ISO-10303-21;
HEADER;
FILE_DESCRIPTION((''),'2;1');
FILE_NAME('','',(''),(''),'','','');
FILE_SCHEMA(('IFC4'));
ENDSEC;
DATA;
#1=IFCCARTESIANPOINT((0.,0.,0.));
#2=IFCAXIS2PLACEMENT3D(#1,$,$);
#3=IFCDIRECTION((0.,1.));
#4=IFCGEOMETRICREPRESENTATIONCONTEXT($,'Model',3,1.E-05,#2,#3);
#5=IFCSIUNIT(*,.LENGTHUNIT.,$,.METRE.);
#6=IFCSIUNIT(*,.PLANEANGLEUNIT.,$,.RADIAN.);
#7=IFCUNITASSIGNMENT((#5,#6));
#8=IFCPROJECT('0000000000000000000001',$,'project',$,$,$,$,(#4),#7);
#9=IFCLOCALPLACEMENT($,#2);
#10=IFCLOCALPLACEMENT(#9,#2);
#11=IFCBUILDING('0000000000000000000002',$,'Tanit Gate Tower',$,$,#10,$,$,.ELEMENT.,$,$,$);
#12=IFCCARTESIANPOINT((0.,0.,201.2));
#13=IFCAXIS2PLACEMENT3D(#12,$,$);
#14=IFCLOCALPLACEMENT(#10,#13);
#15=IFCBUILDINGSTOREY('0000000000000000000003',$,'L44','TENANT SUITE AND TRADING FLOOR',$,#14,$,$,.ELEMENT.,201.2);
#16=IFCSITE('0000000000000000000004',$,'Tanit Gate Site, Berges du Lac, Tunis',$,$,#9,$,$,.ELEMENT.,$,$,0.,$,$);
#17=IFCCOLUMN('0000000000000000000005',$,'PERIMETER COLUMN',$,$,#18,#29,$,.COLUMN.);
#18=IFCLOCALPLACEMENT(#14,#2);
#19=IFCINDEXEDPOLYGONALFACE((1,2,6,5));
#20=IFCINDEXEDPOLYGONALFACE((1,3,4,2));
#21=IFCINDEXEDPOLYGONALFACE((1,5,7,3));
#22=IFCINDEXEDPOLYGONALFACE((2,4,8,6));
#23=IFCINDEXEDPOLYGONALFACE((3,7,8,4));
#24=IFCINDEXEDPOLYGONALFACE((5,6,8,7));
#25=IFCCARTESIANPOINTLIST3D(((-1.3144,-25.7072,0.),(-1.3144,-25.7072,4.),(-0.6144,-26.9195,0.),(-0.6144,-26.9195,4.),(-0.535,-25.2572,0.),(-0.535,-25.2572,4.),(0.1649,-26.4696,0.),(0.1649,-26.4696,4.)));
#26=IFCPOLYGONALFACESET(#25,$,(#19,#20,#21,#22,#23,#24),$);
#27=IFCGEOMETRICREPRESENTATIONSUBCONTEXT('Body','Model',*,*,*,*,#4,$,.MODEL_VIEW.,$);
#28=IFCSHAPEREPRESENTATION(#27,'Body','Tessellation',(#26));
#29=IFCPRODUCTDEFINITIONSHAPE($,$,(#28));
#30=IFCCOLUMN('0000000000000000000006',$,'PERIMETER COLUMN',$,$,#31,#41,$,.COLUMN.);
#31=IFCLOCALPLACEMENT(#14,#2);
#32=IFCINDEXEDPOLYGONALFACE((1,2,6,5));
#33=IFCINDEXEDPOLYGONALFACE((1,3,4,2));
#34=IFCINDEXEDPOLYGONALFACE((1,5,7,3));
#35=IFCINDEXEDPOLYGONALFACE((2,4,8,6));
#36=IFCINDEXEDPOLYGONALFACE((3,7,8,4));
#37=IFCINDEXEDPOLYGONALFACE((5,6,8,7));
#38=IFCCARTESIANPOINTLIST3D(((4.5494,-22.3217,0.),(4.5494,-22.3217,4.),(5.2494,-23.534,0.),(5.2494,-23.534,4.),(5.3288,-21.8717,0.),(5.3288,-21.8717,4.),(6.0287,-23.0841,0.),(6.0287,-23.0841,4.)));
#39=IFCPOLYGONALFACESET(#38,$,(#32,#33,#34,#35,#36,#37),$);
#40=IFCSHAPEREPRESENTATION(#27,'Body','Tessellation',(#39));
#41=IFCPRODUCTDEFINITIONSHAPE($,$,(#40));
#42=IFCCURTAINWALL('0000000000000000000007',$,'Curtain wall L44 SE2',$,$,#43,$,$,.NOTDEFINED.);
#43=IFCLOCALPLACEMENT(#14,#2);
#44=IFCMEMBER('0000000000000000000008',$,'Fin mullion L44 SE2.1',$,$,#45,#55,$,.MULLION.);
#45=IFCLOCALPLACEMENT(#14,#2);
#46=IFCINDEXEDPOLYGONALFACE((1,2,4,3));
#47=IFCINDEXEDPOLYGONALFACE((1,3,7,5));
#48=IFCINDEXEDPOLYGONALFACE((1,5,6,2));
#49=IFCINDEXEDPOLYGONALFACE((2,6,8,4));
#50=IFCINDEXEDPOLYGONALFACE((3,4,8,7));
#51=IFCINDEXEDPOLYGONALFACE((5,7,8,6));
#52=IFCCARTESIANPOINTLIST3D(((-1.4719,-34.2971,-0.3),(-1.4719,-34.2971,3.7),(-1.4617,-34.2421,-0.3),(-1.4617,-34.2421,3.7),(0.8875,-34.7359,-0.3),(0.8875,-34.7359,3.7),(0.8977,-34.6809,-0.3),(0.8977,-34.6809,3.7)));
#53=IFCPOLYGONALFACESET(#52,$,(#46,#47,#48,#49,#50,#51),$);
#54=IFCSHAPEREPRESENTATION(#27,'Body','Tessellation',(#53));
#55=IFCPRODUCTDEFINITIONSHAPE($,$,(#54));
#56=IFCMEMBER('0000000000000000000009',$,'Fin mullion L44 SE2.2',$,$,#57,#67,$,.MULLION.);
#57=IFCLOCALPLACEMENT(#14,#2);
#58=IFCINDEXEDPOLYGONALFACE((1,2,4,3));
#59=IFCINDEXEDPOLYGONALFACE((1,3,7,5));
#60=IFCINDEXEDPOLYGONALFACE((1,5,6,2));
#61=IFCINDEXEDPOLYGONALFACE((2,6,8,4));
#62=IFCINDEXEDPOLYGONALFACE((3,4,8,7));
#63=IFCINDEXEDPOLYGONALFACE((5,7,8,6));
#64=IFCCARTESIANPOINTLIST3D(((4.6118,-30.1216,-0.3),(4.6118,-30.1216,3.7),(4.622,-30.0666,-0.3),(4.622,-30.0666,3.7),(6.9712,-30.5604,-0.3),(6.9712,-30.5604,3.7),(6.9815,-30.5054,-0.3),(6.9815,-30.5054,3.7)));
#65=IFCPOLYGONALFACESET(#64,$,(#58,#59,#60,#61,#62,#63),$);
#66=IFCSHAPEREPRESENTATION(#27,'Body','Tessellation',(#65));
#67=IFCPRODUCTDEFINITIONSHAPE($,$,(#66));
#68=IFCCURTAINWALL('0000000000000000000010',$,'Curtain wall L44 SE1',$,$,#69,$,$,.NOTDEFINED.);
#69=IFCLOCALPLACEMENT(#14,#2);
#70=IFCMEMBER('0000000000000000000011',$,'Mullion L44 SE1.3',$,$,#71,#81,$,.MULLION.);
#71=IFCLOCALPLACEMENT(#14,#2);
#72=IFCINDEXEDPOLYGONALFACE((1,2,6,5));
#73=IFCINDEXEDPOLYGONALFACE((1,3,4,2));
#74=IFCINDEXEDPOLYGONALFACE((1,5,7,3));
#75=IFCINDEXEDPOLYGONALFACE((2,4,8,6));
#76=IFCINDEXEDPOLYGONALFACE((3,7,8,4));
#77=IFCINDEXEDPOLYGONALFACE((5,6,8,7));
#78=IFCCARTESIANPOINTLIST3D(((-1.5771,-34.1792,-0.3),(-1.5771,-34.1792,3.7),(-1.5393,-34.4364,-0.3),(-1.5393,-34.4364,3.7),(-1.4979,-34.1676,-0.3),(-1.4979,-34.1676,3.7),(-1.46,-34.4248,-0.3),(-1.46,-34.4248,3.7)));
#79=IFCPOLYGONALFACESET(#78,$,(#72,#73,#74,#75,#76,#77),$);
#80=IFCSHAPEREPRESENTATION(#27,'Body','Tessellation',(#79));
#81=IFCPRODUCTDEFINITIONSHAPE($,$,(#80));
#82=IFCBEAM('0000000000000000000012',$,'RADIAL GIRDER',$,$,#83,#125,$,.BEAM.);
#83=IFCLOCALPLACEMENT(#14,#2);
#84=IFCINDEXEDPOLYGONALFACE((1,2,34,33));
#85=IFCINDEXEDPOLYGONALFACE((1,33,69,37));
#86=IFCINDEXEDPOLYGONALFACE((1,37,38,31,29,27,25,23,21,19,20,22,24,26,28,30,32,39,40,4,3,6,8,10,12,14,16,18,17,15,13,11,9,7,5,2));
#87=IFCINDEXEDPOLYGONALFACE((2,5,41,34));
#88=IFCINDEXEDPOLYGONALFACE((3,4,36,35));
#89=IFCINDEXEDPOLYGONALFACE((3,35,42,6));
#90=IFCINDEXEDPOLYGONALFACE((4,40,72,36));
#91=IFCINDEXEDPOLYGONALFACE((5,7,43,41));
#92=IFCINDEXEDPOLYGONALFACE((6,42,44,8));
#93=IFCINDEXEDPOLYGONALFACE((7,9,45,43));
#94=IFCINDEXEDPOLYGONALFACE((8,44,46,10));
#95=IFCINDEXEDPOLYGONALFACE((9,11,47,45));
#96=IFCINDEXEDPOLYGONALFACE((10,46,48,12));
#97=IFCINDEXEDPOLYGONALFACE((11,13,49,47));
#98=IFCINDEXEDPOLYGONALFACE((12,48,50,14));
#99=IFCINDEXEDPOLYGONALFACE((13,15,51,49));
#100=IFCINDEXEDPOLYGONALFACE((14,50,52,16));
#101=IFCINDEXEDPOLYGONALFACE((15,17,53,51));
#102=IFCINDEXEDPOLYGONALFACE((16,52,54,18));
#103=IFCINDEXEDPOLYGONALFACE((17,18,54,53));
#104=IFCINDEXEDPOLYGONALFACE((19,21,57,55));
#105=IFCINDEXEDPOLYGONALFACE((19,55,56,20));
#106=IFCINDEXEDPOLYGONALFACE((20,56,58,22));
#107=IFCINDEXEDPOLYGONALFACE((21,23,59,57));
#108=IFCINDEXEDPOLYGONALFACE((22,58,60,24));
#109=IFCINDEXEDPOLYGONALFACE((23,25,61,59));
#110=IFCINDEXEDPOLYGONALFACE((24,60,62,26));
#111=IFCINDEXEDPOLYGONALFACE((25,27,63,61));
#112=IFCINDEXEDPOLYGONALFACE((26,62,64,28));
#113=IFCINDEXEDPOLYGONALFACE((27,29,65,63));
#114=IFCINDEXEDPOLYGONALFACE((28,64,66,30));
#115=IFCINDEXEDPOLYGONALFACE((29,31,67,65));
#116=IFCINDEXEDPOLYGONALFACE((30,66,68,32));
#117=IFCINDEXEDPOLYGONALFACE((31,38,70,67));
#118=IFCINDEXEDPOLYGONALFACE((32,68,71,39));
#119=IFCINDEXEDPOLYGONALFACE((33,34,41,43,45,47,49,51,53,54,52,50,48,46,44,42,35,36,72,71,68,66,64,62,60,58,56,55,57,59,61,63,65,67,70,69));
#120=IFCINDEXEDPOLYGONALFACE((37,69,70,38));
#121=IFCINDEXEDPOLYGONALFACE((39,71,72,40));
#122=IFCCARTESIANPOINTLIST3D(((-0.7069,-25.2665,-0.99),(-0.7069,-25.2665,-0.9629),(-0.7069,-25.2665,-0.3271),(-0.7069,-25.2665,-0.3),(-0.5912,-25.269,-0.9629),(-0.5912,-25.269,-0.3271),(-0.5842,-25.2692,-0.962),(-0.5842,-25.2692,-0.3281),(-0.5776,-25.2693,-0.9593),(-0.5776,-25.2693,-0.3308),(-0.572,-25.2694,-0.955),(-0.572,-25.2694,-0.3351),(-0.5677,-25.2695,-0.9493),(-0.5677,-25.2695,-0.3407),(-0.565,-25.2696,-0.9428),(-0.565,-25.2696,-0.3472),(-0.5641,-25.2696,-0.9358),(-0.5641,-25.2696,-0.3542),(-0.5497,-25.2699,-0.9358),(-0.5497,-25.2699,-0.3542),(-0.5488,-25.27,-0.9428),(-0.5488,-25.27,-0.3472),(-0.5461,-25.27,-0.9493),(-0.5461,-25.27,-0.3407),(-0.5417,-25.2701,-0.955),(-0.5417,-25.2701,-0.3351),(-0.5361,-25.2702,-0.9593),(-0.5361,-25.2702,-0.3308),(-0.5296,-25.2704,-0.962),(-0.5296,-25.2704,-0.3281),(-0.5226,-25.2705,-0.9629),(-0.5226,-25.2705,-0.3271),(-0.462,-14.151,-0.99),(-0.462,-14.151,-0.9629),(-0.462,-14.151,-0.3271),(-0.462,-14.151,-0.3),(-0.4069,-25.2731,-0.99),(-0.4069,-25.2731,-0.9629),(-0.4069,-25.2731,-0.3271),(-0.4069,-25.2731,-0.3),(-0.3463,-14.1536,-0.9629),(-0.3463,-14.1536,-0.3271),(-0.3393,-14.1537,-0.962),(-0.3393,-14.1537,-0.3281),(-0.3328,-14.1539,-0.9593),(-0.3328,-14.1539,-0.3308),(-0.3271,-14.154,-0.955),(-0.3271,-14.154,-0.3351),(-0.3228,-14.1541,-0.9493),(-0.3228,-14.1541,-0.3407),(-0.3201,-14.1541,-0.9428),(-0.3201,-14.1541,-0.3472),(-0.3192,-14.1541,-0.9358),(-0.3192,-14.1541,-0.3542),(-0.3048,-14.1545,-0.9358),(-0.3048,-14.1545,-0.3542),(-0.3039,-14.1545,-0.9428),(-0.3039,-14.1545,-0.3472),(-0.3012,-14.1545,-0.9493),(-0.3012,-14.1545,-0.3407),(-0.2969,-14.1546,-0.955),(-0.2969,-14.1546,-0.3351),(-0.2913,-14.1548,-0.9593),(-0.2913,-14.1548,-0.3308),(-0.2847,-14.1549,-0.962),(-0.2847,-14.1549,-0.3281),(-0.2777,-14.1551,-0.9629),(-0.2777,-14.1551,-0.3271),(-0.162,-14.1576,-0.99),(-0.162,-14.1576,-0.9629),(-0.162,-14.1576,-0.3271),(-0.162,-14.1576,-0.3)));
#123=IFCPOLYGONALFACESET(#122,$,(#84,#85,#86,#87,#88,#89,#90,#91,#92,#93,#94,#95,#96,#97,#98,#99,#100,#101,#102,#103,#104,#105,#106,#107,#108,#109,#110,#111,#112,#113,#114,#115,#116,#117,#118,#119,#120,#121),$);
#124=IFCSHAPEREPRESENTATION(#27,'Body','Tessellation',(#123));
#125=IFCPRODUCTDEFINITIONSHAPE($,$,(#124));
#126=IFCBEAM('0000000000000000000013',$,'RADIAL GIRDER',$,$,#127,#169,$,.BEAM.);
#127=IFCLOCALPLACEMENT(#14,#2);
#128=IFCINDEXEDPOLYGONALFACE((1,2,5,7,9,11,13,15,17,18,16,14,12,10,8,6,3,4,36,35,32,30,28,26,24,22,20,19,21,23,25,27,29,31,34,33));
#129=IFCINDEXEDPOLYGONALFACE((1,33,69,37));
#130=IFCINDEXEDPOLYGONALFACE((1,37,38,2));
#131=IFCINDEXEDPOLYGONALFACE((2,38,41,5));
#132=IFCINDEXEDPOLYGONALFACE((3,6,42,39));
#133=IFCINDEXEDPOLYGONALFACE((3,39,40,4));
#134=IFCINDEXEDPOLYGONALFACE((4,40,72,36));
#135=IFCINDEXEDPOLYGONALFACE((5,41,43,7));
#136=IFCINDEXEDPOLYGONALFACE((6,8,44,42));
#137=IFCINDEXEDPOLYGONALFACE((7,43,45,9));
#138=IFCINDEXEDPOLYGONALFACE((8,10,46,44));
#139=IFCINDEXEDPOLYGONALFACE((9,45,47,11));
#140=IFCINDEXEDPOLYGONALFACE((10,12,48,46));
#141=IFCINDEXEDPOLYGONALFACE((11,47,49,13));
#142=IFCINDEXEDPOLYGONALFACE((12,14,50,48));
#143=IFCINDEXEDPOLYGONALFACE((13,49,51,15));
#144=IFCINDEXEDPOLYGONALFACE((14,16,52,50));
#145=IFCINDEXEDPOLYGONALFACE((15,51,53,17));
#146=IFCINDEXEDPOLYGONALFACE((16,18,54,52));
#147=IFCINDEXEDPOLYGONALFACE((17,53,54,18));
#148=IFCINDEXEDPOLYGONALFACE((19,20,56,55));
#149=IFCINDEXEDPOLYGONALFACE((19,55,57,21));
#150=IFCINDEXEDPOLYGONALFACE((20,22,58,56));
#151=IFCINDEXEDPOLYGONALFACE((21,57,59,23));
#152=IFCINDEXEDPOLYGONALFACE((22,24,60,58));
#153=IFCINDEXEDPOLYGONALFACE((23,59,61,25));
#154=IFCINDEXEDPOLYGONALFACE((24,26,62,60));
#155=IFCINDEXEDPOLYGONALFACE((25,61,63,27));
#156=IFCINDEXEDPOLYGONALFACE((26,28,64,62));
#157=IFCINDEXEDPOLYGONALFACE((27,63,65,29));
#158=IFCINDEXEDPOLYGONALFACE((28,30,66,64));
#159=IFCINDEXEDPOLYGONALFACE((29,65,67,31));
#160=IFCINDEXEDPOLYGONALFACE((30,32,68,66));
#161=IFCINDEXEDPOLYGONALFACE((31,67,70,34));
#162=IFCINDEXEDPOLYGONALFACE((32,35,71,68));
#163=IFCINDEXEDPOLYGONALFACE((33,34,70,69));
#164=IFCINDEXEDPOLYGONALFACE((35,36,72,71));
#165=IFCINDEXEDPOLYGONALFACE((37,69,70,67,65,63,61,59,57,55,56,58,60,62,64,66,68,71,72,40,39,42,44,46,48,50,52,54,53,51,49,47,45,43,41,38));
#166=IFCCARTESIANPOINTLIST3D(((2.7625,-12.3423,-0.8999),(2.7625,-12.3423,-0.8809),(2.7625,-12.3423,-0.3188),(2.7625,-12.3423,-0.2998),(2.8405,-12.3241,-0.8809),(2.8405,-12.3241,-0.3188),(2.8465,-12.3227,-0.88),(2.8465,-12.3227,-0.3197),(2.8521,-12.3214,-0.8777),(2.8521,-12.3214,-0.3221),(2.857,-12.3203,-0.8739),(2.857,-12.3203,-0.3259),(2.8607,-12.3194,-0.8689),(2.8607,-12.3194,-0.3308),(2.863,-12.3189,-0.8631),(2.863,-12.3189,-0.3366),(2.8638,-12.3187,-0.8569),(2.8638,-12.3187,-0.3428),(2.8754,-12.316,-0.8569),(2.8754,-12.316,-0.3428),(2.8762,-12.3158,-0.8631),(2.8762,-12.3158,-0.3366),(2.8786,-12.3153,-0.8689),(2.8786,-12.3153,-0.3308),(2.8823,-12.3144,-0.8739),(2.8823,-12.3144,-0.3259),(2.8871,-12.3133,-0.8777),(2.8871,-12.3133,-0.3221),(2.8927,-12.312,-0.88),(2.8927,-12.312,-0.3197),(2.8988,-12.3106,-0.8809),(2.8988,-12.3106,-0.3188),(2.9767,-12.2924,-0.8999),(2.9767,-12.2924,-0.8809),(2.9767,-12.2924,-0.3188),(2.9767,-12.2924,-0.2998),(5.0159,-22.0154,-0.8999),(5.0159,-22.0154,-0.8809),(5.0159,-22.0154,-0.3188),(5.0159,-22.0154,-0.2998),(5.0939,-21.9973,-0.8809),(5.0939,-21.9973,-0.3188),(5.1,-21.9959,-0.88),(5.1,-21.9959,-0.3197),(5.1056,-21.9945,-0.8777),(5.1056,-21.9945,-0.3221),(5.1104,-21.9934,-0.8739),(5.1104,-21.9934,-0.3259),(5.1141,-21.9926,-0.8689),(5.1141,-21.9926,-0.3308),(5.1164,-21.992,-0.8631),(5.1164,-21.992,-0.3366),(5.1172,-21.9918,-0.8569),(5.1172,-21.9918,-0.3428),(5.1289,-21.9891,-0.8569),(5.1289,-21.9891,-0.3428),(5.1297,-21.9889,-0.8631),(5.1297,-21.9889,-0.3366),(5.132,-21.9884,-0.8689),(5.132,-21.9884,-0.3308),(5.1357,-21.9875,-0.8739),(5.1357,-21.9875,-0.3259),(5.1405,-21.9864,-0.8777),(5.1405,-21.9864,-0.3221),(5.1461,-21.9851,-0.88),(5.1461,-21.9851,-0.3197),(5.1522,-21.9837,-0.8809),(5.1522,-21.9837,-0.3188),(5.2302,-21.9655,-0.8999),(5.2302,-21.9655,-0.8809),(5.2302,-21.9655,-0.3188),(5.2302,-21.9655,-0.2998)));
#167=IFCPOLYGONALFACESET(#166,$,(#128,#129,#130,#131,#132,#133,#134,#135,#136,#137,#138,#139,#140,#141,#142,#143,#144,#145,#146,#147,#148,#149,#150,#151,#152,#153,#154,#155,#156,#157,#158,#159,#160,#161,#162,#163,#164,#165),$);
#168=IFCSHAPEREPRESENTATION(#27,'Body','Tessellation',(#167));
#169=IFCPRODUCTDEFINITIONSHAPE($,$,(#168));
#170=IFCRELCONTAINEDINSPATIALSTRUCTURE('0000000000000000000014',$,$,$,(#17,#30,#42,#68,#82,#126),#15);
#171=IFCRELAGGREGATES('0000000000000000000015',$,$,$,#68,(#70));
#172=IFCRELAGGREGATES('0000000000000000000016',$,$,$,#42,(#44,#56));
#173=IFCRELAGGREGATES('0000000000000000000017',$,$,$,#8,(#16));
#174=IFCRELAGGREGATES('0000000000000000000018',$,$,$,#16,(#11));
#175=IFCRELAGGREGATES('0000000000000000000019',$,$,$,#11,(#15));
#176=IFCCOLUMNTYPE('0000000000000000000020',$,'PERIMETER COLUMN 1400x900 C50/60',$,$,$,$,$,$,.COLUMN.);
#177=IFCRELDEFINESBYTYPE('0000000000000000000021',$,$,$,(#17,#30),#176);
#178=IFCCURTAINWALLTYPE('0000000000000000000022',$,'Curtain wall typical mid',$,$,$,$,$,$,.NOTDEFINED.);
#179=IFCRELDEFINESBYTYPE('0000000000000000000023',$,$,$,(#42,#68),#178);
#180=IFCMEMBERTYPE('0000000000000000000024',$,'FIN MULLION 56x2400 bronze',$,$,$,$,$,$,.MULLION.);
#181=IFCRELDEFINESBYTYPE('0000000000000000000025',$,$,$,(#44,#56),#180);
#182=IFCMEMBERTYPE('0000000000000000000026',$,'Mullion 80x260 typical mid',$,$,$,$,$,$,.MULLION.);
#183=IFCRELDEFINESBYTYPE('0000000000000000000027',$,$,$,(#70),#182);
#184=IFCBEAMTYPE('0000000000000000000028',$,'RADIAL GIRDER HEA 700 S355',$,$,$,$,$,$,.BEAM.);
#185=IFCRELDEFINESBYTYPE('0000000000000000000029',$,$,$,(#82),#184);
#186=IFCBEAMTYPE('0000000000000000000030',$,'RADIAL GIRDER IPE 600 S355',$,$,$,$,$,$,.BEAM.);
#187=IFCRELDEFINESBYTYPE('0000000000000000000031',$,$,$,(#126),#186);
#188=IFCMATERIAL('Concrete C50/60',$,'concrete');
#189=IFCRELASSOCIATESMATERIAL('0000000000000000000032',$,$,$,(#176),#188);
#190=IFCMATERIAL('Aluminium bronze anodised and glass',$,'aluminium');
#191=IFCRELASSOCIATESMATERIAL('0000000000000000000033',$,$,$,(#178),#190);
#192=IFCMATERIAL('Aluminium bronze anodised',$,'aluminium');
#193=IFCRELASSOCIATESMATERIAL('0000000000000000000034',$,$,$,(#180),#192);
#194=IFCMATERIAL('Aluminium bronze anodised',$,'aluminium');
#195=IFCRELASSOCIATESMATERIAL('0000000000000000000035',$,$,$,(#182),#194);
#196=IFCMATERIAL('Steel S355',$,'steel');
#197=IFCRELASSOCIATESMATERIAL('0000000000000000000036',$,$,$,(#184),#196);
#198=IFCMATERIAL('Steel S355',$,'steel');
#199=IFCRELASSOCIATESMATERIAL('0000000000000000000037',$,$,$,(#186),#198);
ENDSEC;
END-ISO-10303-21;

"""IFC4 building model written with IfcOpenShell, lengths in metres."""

from ifc_helpers import new_model, si_unit, direction, frame, origin, origin_2d, place, context, subcontext, project, spatial, rectangle, i_section, extrude, material, material_profile, profile_set, type_object, element, aggregate, save


model = new_model("IFC4")

# Units and contexts
model_context = context("Model", 3, precision=1e-05, world=origin(), true_north=direction((0.0, 1.0)))
body_context = subcontext(model_context, "Body", "Model", "MODEL_VIEW")
ifc_project = project(units=[si_unit("LENGTHUNIT", "METRE"), si_unit("PLANEANGLEUNIT", "RADIAN")], contexts=[model_context])

# Site, building, storey
site_placement = place(None, origin())
site = spatial("IfcSite", under=ifc_project, at=site_placement, Name="Tanit Gate Site, Berges du Lac, Tunis", CompositionType="ELEMENT", RefElevation=0.0)
building_placement = place(site_placement, origin())
building = spatial("IfcBuilding", under=site, at=building_placement, Name="Tanit Gate Tower", CompositionType="ELEMENT")
storey_placement = place(building_placement, frame((0.0, 0.0, 201.2)))
storey = spatial("IfcBuildingStorey", under=building, at=storey_placement, Name="L44", Description="TENANT SUITE AND TRADING FLOOR", CompositionType="ELEMENT", Elevation=201.2)

# Columns
ifc_material_1 = material(Name="Concrete C50/60", Category="concrete")
ifc_material_profile_1 = material_profile(ifc_material_1, rectangle(XDim=1.3999, YDim=0.8999, at=origin_2d()), Name="RC 1400x900")
ifc_profile_set_1 = profile_set([ifc_material_profile_1], Name="Concrete C50/60")
column_type = type_object("IfcColumnType", Name="PERIMETER COLUMN 1400x900 C50/60", PredefinedType="COLUMN", material=ifc_profile_set_1)
for number, where, z_axis, x_axis, name in (
    (1, (-0.5747, -26.0884, 0.0), (0.0, 0.0, 1.0), (0.5, -0.866025, 0.0), "PERIMETER COLUMN"),
    (2, (5.2891, -22.7029, 0.0), (0.0, 0.0, 1.0), (0.5, -0.866025, 0.0), "PERIMETER COLUMN"),
):
    element("IfcColumn", number, at=place(storey_placement, frame(where, z_axis=z_axis, x_axis=x_axis)), inside=storey, type_object=column_type, Name=name, PredefinedType="COLUMN", context=body_context, shape_type="SweptSolid", body=[
        extrude(rectangle(XDim=1.3999, YDim=0.8999, at=origin_2d()), origin(), (0.0, 0.0, 1.0), 4.0),
    ])

# Curtain wall, members
ifc_material_2 = material(Name="Aluminium bronze anodised and glass", Category="aluminium")
curtain_wall_type = type_object("IfcCurtainWallType", Name="Curtain wall typical mid", PredefinedType="NOTDEFINED", material=ifc_material_2)
curtain_wall_1_placement = place(storey_placement, origin())
curtain_wall_1 = element("IfcCurtainWall", 3, at=curtain_wall_1_placement, inside=storey, type_object=curtain_wall_type, Name="Curtain wall L44 SE2", PredefinedType="NOTDEFINED")
ifc_material_3 = material(Name="Aluminium bronze anodised", Category="aluminium")
ifc_material_profile_2 = material_profile(ifc_material_3, rectangle(XDim=2.3999, YDim=0.0559, at=origin_2d()), Name="56x2400 bronze fin mullion")
ifc_profile_set_2 = profile_set([ifc_material_profile_2], Name="Aluminium bronze anodised")
member_type_1 = type_object("IfcMemberType", Name="FIN MULLION 56x2400 bronze", PredefinedType="MULLION", material=ifc_profile_set_2)
member_1_placement = place(storey_placement, frame((-0.2871, -34.489, -0.3), z_axis=(0.0, 0.0, 1.0), x_axis=(-0.983141, 0.182847, 0.0)))
member_1 = element("IfcMember", 4, at=member_1_placement, type_object=member_type_1, Name="Fin mullion L44 SE2.1", PredefinedType="MULLION", context=body_context, shape_type="SweptSolid", body=[
    extrude(rectangle(XDim=2.3999, YDim=0.0559, at=origin_2d()), origin(), (0.0, 0.0, 1.0), 4.0),
])
member_2_placement = place(storey_placement, frame((5.7966, -30.3135, -0.3), z_axis=(0.0, 0.0, 1.0), x_axis=(-0.983141, 0.182847, 0.0)))
member_2 = element("IfcMember", 5, at=member_2_placement, type_object=member_type_1, Name="Fin mullion L44 SE2.2", PredefinedType="MULLION", context=body_context, shape_type="SweptSolid", body=[
    extrude(rectangle(XDim=2.3999, YDim=0.0559, at=origin_2d()), origin(), (0.0, 0.0, 1.0), 4.0),
])

# Curtain wall, member
curtain_wall_2_placement = place(storey_placement, origin())
curtain_wall_2 = element("IfcCurtainWall", 6, at=curtain_wall_2_placement, inside=storey, type_object=curtain_wall_type, Name="Curtain wall L44 SE1", PredefinedType="NOTDEFINED")
ifc_material_4 = material(Name="Aluminium bronze anodised", Category="aluminium")
ifc_material_profile_3 = material_profile(ifc_material_4, rectangle(XDim=0.26, YDim=0.0801, at=origin_2d()), Name="80x260 bronze mullion")
ifc_profile_set_3 = profile_set([ifc_material_profile_3], Name="Aluminium bronze anodised")
member_type_2 = type_object("IfcMemberType", Name="Mullion 80x260 typical mid", PredefinedType="MULLION", material=ifc_profile_set_3)
member_3_placement = place(storey_placement, frame((-1.5186, -34.302, -0.3), z_axis=(0.0, 0.0, 1.0), x_axis=(-0.145486, 0.98936, 0.0)))
member_3 = element("IfcMember", 7, at=member_3_placement, type_object=member_type_2, Name="Mullion L44 SE1.3", PredefinedType="MULLION", context=body_context, shape_type="SweptSolid", body=[
    extrude(rectangle(XDim=0.26, YDim=0.0801, at=origin_2d()), origin(), (0.0, 0.0, 1.0), 4.0),
])
aggregate(curtain_wall_2, [member_3])

# Beams
ifc_material_5 = material(Name="Steel S355", Category="steel")
ifc_material_profile_4 = material_profile(ifc_material_5, i_section(OverallWidth=0.3, OverallDepth=0.6899, WebThickness=0.0144, FlangeThickness=0.0271, FilletRadius=0.0271, at=origin_2d()), Name="HEA 700")
ifc_profile_set_4 = profile_set([ifc_material_profile_4], Name="Steel S355")
beam_type_1 = type_object("IfcBeamType", Name="RADIAL GIRDER HEA 700 S355", PredefinedType="BEAM", material=ifc_profile_set_4)
beam_1_placement = place(storey_placement, frame((-0.5569, -25.2698, -0.645), z_axis=(0.022025, 0.999757, 0.0), x_axis=(-0.999757, 0.022025, 0.0)))
element("IfcBeam", 8, at=beam_1_placement, inside=storey, type_object=beam_type_1, Name="RADIAL GIRDER", PredefinedType="BEAM", context=body_context, shape_type="SweptSolid", body=[
    extrude(i_section(OverallWidth=0.3, OverallDepth=0.6899, WebThickness=0.0144, FlangeThickness=0.0271, FilletRadius=0.0271, at=origin_2d()), origin(), (0.0, 0.0, 1.0), 11.1182),
])
ifc_material_6 = material(Name="Steel S355", Category="steel")
ifc_material_profile_5 = material_profile(ifc_material_6, i_section(OverallWidth=0.22, OverallDepth=0.6001, WebThickness=0.012, FlangeThickness=0.019, FilletRadius=0.0239, at=origin_2d()), Name="IPE 600")
ifc_profile_set_5 = profile_set([ifc_material_profile_5], Name="Steel S355")
beam_type_2 = type_object("IfcBeamType", Name="RADIAL GIRDER IPE 600 S355", PredefinedType="BEAM", material=ifc_profile_set_5)
beam_2_placement = place(storey_placement, frame((5.123, -21.9905, -0.5999), z_axis=(-0.226882, 0.973922, 0.0), x_axis=(-0.973922, -0.226882, 0.0)))
element("IfcBeam", 9, at=beam_2_placement, inside=storey, type_object=beam_type_2, Name="RADIAL GIRDER", PredefinedType="BEAM", context=body_context, shape_type="SweptSolid", body=[
    extrude(i_section(OverallWidth=0.22, OverallDepth=0.6001, WebThickness=0.012, FlangeThickness=0.019, FilletRadius=0.0239, at=origin_2d()), origin(), (0.0, 0.0, 1.0), 9.9321),
])

aggregate(curtain_wall_1, [member_1, member_2])

save(model, "model.ifc")
